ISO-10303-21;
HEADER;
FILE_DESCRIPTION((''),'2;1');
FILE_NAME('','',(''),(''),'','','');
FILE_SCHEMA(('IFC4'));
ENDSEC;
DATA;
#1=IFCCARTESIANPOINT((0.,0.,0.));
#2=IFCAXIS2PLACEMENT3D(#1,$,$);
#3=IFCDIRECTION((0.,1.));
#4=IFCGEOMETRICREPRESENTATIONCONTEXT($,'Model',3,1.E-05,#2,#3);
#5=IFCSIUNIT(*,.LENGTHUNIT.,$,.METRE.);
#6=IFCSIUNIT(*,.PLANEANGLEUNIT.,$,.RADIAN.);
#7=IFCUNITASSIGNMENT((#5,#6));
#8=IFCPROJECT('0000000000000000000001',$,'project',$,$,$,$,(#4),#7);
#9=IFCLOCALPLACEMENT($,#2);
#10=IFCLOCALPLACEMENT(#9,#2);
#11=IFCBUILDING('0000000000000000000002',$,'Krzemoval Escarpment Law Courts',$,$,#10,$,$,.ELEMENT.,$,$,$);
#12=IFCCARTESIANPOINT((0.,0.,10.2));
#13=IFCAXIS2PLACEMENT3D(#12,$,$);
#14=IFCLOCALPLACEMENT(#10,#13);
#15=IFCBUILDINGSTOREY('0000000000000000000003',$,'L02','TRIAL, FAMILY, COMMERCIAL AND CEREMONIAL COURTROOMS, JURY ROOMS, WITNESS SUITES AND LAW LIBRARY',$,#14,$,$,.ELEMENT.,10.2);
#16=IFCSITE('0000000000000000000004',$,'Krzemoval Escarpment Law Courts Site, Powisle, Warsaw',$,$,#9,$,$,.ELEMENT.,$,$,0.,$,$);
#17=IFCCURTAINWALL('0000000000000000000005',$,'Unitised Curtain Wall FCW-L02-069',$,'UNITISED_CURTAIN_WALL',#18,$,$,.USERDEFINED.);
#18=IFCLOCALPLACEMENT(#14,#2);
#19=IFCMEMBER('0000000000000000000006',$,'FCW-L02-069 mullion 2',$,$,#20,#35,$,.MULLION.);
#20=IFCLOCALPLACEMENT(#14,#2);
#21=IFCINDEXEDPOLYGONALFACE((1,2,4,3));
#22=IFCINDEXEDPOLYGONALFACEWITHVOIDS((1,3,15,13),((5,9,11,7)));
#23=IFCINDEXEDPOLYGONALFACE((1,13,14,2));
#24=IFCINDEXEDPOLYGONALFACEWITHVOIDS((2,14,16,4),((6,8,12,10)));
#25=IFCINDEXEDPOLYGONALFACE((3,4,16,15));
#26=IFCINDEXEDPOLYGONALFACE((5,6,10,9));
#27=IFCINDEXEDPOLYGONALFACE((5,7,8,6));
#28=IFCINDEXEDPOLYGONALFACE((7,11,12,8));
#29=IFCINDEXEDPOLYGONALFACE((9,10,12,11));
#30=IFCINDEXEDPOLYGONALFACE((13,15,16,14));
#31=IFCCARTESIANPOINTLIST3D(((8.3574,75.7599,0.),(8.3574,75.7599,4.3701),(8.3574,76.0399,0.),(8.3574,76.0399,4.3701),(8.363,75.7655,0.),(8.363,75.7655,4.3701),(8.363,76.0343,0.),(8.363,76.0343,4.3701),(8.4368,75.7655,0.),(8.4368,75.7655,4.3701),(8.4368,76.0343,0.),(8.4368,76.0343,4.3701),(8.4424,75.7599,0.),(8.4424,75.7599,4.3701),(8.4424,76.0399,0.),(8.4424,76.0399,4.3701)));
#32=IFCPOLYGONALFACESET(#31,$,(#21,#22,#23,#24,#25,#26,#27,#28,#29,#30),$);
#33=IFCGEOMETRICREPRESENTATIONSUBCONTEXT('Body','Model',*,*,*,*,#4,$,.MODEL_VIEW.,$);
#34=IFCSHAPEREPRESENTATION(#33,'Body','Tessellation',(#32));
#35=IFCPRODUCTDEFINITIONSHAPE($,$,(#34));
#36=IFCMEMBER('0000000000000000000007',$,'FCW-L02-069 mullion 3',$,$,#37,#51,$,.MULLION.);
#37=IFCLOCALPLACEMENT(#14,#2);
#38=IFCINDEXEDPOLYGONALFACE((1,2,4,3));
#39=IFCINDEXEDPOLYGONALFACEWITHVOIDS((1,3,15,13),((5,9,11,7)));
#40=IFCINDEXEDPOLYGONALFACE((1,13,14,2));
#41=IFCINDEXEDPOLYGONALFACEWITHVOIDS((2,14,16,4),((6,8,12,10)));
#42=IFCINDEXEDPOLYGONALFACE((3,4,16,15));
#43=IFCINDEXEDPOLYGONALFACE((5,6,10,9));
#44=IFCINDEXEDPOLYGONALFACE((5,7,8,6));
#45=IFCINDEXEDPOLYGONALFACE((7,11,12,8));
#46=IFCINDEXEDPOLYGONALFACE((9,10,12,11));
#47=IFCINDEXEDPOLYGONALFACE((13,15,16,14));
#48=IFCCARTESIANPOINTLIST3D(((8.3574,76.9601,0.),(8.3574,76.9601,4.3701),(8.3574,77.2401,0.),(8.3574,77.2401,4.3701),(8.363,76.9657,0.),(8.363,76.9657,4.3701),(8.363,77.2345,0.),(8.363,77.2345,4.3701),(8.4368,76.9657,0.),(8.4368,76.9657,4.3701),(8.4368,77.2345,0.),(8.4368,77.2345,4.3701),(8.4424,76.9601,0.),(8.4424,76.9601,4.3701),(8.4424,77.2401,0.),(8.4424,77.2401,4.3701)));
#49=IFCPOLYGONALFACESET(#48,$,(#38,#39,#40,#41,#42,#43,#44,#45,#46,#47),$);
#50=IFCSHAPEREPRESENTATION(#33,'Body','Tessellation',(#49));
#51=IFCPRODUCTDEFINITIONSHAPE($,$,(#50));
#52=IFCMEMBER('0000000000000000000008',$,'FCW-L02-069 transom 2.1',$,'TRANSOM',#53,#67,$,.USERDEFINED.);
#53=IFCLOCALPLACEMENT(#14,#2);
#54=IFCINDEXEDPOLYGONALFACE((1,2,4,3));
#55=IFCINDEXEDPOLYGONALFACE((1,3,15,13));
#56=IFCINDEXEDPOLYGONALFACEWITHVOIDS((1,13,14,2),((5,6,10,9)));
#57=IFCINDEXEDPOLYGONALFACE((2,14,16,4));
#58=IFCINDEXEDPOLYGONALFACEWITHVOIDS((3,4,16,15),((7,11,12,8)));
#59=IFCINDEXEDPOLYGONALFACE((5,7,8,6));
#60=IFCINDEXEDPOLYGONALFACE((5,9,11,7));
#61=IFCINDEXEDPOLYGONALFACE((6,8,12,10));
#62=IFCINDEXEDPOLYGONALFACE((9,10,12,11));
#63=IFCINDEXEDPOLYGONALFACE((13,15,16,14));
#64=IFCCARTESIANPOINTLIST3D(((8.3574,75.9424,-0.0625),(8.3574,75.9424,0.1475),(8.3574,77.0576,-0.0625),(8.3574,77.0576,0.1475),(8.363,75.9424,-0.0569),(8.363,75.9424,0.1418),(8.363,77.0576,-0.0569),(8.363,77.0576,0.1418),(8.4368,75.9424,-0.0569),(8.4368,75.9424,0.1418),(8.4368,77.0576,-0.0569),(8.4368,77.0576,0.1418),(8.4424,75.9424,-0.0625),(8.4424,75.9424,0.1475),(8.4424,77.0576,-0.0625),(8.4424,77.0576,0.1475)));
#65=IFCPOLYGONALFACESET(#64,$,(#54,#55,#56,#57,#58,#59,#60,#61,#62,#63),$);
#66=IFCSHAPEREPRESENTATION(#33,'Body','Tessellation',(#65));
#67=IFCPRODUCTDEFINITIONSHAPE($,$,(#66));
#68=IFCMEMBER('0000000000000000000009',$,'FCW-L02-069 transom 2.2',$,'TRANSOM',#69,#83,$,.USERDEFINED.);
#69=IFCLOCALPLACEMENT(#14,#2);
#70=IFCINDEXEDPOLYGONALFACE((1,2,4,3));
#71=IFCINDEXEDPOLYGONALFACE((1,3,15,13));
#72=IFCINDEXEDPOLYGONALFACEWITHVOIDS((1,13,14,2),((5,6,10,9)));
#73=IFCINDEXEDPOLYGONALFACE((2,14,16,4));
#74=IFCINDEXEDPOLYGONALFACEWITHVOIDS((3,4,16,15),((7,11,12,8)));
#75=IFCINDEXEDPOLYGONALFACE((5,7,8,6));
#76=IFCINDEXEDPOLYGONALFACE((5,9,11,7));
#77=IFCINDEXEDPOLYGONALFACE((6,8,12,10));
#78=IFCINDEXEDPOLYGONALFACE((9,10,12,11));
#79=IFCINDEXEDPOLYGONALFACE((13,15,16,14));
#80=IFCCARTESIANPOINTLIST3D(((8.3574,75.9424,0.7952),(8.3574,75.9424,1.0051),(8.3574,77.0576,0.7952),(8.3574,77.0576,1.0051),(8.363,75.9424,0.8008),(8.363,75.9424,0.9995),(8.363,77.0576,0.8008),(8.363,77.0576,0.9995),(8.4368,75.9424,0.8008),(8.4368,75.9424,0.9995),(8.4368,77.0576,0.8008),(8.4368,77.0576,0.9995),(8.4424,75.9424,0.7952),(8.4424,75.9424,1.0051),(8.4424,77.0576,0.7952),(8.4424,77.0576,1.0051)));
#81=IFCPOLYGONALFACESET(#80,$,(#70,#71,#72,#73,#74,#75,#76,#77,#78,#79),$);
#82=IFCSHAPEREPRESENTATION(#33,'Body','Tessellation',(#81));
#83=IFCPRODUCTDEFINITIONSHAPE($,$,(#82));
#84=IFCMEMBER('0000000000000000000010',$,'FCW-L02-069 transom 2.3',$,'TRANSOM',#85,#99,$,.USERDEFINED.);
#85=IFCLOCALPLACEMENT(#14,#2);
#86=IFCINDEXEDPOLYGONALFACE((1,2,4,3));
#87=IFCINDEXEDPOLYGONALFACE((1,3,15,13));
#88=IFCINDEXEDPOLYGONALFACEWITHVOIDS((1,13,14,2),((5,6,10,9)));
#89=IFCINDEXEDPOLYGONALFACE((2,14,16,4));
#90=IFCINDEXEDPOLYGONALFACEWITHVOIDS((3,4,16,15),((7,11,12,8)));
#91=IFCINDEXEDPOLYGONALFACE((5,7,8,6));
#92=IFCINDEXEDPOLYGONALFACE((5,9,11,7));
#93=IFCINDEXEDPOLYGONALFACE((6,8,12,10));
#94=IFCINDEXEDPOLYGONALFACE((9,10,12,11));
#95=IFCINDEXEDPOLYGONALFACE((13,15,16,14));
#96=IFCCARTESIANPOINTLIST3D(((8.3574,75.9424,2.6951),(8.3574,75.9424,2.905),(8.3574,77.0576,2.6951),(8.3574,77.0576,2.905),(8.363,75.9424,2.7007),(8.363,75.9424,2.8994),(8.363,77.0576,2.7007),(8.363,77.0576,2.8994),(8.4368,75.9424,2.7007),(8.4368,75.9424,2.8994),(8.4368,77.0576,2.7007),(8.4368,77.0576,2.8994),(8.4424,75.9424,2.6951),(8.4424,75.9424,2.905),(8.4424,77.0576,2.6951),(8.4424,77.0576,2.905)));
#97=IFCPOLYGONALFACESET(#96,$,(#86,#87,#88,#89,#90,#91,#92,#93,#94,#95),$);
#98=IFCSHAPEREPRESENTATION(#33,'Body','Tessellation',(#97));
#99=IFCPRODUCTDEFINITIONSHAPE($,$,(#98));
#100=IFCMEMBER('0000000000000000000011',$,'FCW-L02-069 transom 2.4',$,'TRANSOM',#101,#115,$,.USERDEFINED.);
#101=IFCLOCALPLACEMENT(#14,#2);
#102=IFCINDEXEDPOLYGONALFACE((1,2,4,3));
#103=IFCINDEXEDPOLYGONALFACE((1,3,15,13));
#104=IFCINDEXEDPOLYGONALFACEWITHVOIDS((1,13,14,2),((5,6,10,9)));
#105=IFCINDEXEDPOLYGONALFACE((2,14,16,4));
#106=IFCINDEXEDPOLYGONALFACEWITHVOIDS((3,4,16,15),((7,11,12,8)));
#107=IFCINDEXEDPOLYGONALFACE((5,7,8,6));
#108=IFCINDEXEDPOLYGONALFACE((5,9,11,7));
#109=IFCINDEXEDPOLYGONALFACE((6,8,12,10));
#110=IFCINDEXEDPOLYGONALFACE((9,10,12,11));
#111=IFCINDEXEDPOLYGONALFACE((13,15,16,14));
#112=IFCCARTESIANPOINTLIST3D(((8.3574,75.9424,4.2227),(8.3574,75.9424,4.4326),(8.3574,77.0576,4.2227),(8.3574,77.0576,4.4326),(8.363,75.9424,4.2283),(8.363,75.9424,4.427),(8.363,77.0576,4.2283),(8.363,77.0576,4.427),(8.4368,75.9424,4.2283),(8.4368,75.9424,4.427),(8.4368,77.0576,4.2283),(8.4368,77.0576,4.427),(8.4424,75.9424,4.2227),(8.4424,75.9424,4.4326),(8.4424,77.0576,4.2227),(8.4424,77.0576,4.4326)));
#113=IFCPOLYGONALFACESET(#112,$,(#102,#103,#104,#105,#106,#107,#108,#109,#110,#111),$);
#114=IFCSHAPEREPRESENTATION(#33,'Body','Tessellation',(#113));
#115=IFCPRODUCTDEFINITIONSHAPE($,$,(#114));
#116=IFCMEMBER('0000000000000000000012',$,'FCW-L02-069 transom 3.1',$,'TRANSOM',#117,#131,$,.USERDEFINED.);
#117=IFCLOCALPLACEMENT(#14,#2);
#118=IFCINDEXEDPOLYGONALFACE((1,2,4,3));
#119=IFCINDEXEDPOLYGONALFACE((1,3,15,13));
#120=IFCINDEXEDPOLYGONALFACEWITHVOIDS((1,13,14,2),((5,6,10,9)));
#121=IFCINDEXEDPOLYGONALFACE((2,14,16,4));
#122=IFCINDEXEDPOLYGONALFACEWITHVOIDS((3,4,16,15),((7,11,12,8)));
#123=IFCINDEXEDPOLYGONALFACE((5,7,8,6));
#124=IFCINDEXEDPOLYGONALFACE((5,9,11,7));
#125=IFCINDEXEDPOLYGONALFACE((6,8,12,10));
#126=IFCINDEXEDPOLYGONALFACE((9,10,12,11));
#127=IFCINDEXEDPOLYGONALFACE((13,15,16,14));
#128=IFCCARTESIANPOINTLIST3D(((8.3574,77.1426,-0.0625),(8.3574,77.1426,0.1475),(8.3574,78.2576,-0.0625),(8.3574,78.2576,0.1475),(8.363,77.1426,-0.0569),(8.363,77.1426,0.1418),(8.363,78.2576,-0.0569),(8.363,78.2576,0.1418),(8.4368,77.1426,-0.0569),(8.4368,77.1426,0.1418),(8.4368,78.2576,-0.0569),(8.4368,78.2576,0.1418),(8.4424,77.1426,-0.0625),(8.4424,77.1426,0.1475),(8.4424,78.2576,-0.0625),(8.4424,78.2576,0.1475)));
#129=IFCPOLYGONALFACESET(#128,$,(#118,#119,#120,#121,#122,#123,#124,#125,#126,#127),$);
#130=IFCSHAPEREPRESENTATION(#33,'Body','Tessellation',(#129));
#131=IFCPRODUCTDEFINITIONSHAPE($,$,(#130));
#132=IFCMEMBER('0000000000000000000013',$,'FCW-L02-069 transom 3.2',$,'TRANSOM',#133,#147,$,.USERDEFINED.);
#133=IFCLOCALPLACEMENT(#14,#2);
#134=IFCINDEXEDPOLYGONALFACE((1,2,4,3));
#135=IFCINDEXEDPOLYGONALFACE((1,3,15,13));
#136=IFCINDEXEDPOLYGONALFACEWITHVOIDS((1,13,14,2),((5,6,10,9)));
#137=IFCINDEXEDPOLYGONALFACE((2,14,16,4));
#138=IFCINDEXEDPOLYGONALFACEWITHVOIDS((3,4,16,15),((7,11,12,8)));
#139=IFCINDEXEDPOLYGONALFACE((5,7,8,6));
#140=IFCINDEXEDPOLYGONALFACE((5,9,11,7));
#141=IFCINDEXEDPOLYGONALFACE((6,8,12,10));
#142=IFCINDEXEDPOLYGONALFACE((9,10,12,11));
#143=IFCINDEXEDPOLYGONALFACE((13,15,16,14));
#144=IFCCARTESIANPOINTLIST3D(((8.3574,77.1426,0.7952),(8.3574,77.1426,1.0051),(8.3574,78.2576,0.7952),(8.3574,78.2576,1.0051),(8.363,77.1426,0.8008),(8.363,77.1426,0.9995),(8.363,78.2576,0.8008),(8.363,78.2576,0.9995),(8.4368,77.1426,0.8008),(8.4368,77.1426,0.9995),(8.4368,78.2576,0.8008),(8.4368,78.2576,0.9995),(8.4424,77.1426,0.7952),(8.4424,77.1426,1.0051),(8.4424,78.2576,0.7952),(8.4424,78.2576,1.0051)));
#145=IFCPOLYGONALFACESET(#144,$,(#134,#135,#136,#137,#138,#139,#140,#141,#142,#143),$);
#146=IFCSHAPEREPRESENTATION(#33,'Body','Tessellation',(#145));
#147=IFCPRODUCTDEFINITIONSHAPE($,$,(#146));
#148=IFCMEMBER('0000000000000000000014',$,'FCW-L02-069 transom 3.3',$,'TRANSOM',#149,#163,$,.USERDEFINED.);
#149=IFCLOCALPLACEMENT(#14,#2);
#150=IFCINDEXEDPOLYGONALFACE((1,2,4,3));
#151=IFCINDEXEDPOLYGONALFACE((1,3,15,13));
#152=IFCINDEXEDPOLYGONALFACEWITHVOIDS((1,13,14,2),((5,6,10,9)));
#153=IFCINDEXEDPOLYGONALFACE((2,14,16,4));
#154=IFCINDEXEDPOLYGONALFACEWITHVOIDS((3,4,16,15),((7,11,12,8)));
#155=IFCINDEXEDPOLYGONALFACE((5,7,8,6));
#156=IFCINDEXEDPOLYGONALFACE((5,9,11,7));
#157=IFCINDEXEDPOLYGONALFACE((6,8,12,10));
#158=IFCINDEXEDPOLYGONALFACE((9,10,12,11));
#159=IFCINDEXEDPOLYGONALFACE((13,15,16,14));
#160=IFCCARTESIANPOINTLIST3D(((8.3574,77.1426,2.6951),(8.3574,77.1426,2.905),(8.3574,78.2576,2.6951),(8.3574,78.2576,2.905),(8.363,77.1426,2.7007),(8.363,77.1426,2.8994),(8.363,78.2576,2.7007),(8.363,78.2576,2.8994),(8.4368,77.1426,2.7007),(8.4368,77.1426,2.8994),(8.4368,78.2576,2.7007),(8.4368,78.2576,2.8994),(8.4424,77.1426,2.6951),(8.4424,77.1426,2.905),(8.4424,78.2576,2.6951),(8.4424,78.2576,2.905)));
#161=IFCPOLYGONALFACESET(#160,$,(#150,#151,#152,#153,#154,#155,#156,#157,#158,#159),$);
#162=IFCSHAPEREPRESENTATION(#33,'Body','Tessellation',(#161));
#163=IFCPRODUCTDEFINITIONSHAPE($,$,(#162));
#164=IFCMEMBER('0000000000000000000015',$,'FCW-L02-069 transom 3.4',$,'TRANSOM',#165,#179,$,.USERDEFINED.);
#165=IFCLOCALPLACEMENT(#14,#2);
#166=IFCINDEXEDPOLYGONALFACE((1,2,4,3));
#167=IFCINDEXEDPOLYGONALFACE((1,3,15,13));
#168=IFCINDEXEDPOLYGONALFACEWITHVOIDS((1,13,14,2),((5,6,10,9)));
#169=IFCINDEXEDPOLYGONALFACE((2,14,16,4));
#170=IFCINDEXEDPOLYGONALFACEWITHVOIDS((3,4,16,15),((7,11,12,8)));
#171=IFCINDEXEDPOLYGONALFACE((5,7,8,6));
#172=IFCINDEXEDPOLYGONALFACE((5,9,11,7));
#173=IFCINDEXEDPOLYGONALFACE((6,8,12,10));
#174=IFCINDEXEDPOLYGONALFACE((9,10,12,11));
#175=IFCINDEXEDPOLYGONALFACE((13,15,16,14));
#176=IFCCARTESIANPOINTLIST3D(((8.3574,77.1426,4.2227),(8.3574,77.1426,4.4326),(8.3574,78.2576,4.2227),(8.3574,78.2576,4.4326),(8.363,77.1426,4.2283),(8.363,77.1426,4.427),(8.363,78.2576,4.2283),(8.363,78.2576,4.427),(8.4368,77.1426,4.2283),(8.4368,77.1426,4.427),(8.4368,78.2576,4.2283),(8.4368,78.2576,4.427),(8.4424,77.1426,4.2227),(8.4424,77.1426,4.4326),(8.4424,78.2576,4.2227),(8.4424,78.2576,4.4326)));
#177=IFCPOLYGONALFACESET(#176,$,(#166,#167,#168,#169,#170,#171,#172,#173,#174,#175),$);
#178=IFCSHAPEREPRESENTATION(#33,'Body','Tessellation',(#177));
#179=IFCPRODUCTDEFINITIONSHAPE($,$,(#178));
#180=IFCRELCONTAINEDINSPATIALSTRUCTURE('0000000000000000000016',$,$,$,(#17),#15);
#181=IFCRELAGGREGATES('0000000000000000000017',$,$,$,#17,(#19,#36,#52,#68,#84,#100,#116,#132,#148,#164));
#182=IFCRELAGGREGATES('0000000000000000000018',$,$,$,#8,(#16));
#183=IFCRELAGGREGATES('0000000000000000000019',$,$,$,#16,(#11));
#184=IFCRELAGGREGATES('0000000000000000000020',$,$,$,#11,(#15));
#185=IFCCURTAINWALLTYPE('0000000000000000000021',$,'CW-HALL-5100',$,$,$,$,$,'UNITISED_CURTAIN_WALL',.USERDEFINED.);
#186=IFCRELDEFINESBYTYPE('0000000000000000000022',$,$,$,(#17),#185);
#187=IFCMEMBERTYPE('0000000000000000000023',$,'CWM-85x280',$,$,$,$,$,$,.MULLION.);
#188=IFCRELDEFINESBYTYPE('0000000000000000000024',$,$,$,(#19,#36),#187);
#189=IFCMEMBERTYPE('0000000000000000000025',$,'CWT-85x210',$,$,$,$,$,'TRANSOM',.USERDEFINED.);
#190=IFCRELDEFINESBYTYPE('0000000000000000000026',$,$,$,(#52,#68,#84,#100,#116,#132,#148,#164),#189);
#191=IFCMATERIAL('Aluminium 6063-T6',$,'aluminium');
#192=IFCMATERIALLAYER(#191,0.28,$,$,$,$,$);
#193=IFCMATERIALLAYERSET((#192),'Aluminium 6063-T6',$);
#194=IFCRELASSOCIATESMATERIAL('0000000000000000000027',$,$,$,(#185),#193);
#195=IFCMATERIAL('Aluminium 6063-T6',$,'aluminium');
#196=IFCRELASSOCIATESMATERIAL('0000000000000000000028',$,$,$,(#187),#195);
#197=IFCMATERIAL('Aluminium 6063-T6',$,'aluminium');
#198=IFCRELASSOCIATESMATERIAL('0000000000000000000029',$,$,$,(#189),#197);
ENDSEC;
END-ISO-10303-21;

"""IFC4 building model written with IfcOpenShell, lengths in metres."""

from ifc_helpers import new_model, si_unit, direction, frame, origin, origin_2d, place, context, subcontext, project, spatial, hollow_rectangle, extrude, material, layer, layer_set, material_profile, profile_set, type_object, element, aggregate, save


model = new_model("IFC4")

# Units and contexts
model_context = context("Model", 3, precision=1e-05, world=origin(), true_north=direction((0.0, 1.0)))
body_context = subcontext(model_context, "Body", "Model", "MODEL_VIEW")
ifc_project = project(units=[si_unit("LENGTHUNIT", "METRE"), si_unit("PLANEANGLEUNIT", "RADIAN")], contexts=[model_context])

# Site, building, storey
site_placement = place(None, origin())
site = spatial("IfcSite", under=ifc_project, at=site_placement, Name="Krzemoval Escarpment Law Courts Site, Powisle, Warsaw", CompositionType="ELEMENT", RefElevation=0.0)
building_placement = place(site_placement, origin())
building = spatial("IfcBuilding", under=site, at=building_placement, Name="Krzemoval Escarpment Law Courts", CompositionType="ELEMENT")
storey_placement = place(building_placement, frame((0.0, 0.0, 10.2)))
storey = spatial("IfcBuildingStorey", under=building, at=storey_placement, Name="L02", Description="TRIAL, FAMILY, COMMERCIAL AND CEREMONIAL COURTROOMS, JURY ROOMS, WITNESS SUITES AND LAW LIBRARY", CompositionType="ELEMENT", Elevation=10.2)

# Curtain wall, members
ifc_material_1 = material(Name="Aluminium 6063-T6", Category="aluminium")
ifc_layer_1 = layer(ifc_material_1, 0.28)
ifc_layer_set_1 = layer_set([ifc_layer_1], Name="Aluminium 6063-T6")
curtain_wall_type = type_object("IfcCurtainWallType", Name="CW-HALL-5100", ElementType="UNITISED_CURTAIN_WALL", PredefinedType="USERDEFINED", material=ifc_layer_set_1)
curtain_wall_placement = place(storey_placement, origin())
curtain_wall = element("IfcCurtainWall", 1, at=curtain_wall_placement, inside=storey, type_object=curtain_wall_type, Name="Unitised Curtain Wall FCW-L02-069", ObjectType="UNITISED_CURTAIN_WALL", PredefinedType="USERDEFINED")
ifc_material_2 = material(Name="Aluminium 6063-T6", Category="aluminium")
ifc_material_profile_1 = material_profile(ifc_material_2, hollow_rectangle(XDim=0.085, YDim=0.28, WallThickness=0.0056, at=origin_2d()), Name="ALU M85x280")
ifc_profile_set_1 = profile_set([ifc_material_profile_1], Name="Aluminium 6063-T6")
member_type_1 = type_object("IfcMemberType", Name="CWM-85x280", PredefinedType="MULLION", material=ifc_profile_set_1)
member_1_placement = place(storey_placement, frame((8.3999, 75.8999, 0.0), z_axis=(0.0, 0.0, 1.0), x_axis=(-1.0, 0.0, 0.0)))
member_1 = element("IfcMember", 2, at=member_1_placement, type_object=member_type_1, Name="FCW-L02-069 mullion 2", PredefinedType="MULLION", context=body_context, shape_type="SweptSolid", body=[
    extrude(hollow_rectangle(XDim=0.085, YDim=0.28, WallThickness=0.0056, at=origin_2d()), origin(), (0.0, 0.0, 1.0), 4.3701),
])
member_2_placement = place(storey_placement, frame((8.3999, 77.1001, 0.0), z_axis=(0.0, 0.0, 1.0), x_axis=(-1.0, 0.0, 0.0)))
member_2 = element("IfcMember", 3, at=member_2_placement, type_object=member_type_1, Name="FCW-L02-069 mullion 3", PredefinedType="MULLION", context=body_context, shape_type="SweptSolid", body=[
    extrude(hollow_rectangle(XDim=0.085, YDim=0.28, WallThickness=0.0056, at=origin_2d()), origin(), (0.0, 0.0, 1.0), 4.3701),
])
ifc_material_3 = material(Name="Aluminium 6063-T6", Category="aluminium")
ifc_material_profile_2 = material_profile(ifc_material_3, hollow_rectangle(XDim=0.085, YDim=0.21, WallThickness=0.0056, at=origin_2d()), Name="ALU T85x210")
ifc_profile_set_2 = profile_set([ifc_material_profile_2], Name="Aluminium 6063-T6")
member_type_2 = type_object("IfcMemberType", Name="CWT-85x210", ElementType="TRANSOM", PredefinedType="USERDEFINED", material=ifc_profile_set_2)
member_3_placement = place(storey_placement, frame((8.3999, 75.9424, 0.0425), z_axis=(0.0, 1.0, 0.0), x_axis=(-1.0, 0.0, 0.0)))
member_3 = element("IfcMember", 4, at=member_3_placement, type_object=member_type_2, Name="FCW-L02-069 transom 2.1", ObjectType="TRANSOM", PredefinedType="USERDEFINED", context=body_context, shape_type="SweptSolid", body=[
    extrude(hollow_rectangle(XDim=0.085, YDim=0.21, WallThickness=0.0056, at=origin_2d()), origin(), (0.0, 0.0, 1.0), 1.1152),
])
member_4_placement = place(storey_placement, frame((8.3999, 75.9424, 0.9001), z_axis=(0.0, 1.0, 0.0), x_axis=(-1.0, 0.0, 0.0)))
member_4 = element("IfcMember", 5, at=member_4_placement, type_object=member_type_2, Name="FCW-L02-069 transom 2.2", ObjectType="TRANSOM", PredefinedType="USERDEFINED", context=body_context, shape_type="SweptSolid", body=[
    extrude(hollow_rectangle(XDim=0.085, YDim=0.21, WallThickness=0.0056, at=origin_2d()), origin(), (0.0, 0.0, 1.0), 1.1152),
])
member_5_placement = place(storey_placement, frame((8.3999, 75.9424, 2.8), z_axis=(0.0, 1.0, 0.0), x_axis=(-1.0, 0.0, 0.0)))
member_5 = element("IfcMember", 6, at=member_5_placement, type_object=member_type_2, Name="FCW-L02-069 transom 2.3", ObjectType="TRANSOM", PredefinedType="USERDEFINED", context=body_context, shape_type="SweptSolid", body=[
    extrude(hollow_rectangle(XDim=0.085, YDim=0.21, WallThickness=0.0056, at=origin_2d()), origin(), (0.0, 0.0, 1.0), 1.1152),
])
member_6_placement = place(storey_placement, frame((8.3999, 75.9424, 4.3276), z_axis=(0.0, 1.0, 0.0), x_axis=(-1.0, 0.0, 0.0)))
member_6 = element("IfcMember", 7, at=member_6_placement, type_object=member_type_2, Name="FCW-L02-069 transom 2.4", ObjectType="TRANSOM", PredefinedType="USERDEFINED", context=body_context, shape_type="SweptSolid", body=[
    extrude(hollow_rectangle(XDim=0.085, YDim=0.21, WallThickness=0.0056, at=origin_2d()), origin(), (0.0, 0.0, 1.0), 1.1152),
])
member_7_placement = place(storey_placement, frame((8.3999, 77.1426, 0.0425), z_axis=(0.0, 1.0, 0.0), x_axis=(-1.0, 0.0, 0.0)))
member_7 = element("IfcMember", 8, at=member_7_placement, type_object=member_type_2, Name="FCW-L02-069 transom 3.1", ObjectType="TRANSOM", PredefinedType="USERDEFINED", context=body_context, shape_type="SweptSolid", body=[
    extrude(hollow_rectangle(XDim=0.085, YDim=0.21, WallThickness=0.0056, at=origin_2d()), origin(), (0.0, 0.0, 1.0), 1.115),
])
member_8_placement = place(storey_placement, frame((8.3999, 77.1426, 0.9001), z_axis=(0.0, 1.0, 0.0), x_axis=(-1.0, 0.0, 0.0)))
member_8 = element("IfcMember", 9, at=member_8_placement, type_object=member_type_2, Name="FCW-L02-069 transom 3.2", ObjectType="TRANSOM", PredefinedType="USERDEFINED", context=body_context, shape_type="SweptSolid", body=[
    extrude(hollow_rectangle(XDim=0.085, YDim=0.21, WallThickness=0.0056, at=origin_2d()), origin(), (0.0, 0.0, 1.0), 1.115),
])
member_9_placement = place(storey_placement, frame((8.3999, 77.1426, 2.8), z_axis=(0.0, 1.0, 0.0), x_axis=(-1.0, 0.0, 0.0)))
member_9 = element("IfcMember", 10, at=member_9_placement, type_object=member_type_2, Name="FCW-L02-069 transom 3.3", ObjectType="TRANSOM", PredefinedType="USERDEFINED", context=body_context, shape_type="SweptSolid", body=[
    extrude(hollow_rectangle(XDim=0.085, YDim=0.21, WallThickness=0.0056, at=origin_2d()), origin(), (0.0, 0.0, 1.0), 1.115),
])
member_10_placement = place(storey_placement, frame((8.3999, 77.1426, 4.3276), z_axis=(0.0, 1.0, 0.0), x_axis=(-1.0, 0.0, 0.0)))
member_10 = element("IfcMember", 11, at=member_10_placement, type_object=member_type_2, Name="FCW-L02-069 transom 3.4", ObjectType="TRANSOM", PredefinedType="USERDEFINED", context=body_context, shape_type="SweptSolid", body=[
    extrude(hollow_rectangle(XDim=0.085, YDim=0.21, WallThickness=0.0056, at=origin_2d()), origin(), (0.0, 0.0, 1.0), 1.115),
])

aggregate(curtain_wall, [member_1, member_2, member_3, member_4, member_5, member_6, member_7, member_8, member_9, member_10])

save(model, "model.ifc")
